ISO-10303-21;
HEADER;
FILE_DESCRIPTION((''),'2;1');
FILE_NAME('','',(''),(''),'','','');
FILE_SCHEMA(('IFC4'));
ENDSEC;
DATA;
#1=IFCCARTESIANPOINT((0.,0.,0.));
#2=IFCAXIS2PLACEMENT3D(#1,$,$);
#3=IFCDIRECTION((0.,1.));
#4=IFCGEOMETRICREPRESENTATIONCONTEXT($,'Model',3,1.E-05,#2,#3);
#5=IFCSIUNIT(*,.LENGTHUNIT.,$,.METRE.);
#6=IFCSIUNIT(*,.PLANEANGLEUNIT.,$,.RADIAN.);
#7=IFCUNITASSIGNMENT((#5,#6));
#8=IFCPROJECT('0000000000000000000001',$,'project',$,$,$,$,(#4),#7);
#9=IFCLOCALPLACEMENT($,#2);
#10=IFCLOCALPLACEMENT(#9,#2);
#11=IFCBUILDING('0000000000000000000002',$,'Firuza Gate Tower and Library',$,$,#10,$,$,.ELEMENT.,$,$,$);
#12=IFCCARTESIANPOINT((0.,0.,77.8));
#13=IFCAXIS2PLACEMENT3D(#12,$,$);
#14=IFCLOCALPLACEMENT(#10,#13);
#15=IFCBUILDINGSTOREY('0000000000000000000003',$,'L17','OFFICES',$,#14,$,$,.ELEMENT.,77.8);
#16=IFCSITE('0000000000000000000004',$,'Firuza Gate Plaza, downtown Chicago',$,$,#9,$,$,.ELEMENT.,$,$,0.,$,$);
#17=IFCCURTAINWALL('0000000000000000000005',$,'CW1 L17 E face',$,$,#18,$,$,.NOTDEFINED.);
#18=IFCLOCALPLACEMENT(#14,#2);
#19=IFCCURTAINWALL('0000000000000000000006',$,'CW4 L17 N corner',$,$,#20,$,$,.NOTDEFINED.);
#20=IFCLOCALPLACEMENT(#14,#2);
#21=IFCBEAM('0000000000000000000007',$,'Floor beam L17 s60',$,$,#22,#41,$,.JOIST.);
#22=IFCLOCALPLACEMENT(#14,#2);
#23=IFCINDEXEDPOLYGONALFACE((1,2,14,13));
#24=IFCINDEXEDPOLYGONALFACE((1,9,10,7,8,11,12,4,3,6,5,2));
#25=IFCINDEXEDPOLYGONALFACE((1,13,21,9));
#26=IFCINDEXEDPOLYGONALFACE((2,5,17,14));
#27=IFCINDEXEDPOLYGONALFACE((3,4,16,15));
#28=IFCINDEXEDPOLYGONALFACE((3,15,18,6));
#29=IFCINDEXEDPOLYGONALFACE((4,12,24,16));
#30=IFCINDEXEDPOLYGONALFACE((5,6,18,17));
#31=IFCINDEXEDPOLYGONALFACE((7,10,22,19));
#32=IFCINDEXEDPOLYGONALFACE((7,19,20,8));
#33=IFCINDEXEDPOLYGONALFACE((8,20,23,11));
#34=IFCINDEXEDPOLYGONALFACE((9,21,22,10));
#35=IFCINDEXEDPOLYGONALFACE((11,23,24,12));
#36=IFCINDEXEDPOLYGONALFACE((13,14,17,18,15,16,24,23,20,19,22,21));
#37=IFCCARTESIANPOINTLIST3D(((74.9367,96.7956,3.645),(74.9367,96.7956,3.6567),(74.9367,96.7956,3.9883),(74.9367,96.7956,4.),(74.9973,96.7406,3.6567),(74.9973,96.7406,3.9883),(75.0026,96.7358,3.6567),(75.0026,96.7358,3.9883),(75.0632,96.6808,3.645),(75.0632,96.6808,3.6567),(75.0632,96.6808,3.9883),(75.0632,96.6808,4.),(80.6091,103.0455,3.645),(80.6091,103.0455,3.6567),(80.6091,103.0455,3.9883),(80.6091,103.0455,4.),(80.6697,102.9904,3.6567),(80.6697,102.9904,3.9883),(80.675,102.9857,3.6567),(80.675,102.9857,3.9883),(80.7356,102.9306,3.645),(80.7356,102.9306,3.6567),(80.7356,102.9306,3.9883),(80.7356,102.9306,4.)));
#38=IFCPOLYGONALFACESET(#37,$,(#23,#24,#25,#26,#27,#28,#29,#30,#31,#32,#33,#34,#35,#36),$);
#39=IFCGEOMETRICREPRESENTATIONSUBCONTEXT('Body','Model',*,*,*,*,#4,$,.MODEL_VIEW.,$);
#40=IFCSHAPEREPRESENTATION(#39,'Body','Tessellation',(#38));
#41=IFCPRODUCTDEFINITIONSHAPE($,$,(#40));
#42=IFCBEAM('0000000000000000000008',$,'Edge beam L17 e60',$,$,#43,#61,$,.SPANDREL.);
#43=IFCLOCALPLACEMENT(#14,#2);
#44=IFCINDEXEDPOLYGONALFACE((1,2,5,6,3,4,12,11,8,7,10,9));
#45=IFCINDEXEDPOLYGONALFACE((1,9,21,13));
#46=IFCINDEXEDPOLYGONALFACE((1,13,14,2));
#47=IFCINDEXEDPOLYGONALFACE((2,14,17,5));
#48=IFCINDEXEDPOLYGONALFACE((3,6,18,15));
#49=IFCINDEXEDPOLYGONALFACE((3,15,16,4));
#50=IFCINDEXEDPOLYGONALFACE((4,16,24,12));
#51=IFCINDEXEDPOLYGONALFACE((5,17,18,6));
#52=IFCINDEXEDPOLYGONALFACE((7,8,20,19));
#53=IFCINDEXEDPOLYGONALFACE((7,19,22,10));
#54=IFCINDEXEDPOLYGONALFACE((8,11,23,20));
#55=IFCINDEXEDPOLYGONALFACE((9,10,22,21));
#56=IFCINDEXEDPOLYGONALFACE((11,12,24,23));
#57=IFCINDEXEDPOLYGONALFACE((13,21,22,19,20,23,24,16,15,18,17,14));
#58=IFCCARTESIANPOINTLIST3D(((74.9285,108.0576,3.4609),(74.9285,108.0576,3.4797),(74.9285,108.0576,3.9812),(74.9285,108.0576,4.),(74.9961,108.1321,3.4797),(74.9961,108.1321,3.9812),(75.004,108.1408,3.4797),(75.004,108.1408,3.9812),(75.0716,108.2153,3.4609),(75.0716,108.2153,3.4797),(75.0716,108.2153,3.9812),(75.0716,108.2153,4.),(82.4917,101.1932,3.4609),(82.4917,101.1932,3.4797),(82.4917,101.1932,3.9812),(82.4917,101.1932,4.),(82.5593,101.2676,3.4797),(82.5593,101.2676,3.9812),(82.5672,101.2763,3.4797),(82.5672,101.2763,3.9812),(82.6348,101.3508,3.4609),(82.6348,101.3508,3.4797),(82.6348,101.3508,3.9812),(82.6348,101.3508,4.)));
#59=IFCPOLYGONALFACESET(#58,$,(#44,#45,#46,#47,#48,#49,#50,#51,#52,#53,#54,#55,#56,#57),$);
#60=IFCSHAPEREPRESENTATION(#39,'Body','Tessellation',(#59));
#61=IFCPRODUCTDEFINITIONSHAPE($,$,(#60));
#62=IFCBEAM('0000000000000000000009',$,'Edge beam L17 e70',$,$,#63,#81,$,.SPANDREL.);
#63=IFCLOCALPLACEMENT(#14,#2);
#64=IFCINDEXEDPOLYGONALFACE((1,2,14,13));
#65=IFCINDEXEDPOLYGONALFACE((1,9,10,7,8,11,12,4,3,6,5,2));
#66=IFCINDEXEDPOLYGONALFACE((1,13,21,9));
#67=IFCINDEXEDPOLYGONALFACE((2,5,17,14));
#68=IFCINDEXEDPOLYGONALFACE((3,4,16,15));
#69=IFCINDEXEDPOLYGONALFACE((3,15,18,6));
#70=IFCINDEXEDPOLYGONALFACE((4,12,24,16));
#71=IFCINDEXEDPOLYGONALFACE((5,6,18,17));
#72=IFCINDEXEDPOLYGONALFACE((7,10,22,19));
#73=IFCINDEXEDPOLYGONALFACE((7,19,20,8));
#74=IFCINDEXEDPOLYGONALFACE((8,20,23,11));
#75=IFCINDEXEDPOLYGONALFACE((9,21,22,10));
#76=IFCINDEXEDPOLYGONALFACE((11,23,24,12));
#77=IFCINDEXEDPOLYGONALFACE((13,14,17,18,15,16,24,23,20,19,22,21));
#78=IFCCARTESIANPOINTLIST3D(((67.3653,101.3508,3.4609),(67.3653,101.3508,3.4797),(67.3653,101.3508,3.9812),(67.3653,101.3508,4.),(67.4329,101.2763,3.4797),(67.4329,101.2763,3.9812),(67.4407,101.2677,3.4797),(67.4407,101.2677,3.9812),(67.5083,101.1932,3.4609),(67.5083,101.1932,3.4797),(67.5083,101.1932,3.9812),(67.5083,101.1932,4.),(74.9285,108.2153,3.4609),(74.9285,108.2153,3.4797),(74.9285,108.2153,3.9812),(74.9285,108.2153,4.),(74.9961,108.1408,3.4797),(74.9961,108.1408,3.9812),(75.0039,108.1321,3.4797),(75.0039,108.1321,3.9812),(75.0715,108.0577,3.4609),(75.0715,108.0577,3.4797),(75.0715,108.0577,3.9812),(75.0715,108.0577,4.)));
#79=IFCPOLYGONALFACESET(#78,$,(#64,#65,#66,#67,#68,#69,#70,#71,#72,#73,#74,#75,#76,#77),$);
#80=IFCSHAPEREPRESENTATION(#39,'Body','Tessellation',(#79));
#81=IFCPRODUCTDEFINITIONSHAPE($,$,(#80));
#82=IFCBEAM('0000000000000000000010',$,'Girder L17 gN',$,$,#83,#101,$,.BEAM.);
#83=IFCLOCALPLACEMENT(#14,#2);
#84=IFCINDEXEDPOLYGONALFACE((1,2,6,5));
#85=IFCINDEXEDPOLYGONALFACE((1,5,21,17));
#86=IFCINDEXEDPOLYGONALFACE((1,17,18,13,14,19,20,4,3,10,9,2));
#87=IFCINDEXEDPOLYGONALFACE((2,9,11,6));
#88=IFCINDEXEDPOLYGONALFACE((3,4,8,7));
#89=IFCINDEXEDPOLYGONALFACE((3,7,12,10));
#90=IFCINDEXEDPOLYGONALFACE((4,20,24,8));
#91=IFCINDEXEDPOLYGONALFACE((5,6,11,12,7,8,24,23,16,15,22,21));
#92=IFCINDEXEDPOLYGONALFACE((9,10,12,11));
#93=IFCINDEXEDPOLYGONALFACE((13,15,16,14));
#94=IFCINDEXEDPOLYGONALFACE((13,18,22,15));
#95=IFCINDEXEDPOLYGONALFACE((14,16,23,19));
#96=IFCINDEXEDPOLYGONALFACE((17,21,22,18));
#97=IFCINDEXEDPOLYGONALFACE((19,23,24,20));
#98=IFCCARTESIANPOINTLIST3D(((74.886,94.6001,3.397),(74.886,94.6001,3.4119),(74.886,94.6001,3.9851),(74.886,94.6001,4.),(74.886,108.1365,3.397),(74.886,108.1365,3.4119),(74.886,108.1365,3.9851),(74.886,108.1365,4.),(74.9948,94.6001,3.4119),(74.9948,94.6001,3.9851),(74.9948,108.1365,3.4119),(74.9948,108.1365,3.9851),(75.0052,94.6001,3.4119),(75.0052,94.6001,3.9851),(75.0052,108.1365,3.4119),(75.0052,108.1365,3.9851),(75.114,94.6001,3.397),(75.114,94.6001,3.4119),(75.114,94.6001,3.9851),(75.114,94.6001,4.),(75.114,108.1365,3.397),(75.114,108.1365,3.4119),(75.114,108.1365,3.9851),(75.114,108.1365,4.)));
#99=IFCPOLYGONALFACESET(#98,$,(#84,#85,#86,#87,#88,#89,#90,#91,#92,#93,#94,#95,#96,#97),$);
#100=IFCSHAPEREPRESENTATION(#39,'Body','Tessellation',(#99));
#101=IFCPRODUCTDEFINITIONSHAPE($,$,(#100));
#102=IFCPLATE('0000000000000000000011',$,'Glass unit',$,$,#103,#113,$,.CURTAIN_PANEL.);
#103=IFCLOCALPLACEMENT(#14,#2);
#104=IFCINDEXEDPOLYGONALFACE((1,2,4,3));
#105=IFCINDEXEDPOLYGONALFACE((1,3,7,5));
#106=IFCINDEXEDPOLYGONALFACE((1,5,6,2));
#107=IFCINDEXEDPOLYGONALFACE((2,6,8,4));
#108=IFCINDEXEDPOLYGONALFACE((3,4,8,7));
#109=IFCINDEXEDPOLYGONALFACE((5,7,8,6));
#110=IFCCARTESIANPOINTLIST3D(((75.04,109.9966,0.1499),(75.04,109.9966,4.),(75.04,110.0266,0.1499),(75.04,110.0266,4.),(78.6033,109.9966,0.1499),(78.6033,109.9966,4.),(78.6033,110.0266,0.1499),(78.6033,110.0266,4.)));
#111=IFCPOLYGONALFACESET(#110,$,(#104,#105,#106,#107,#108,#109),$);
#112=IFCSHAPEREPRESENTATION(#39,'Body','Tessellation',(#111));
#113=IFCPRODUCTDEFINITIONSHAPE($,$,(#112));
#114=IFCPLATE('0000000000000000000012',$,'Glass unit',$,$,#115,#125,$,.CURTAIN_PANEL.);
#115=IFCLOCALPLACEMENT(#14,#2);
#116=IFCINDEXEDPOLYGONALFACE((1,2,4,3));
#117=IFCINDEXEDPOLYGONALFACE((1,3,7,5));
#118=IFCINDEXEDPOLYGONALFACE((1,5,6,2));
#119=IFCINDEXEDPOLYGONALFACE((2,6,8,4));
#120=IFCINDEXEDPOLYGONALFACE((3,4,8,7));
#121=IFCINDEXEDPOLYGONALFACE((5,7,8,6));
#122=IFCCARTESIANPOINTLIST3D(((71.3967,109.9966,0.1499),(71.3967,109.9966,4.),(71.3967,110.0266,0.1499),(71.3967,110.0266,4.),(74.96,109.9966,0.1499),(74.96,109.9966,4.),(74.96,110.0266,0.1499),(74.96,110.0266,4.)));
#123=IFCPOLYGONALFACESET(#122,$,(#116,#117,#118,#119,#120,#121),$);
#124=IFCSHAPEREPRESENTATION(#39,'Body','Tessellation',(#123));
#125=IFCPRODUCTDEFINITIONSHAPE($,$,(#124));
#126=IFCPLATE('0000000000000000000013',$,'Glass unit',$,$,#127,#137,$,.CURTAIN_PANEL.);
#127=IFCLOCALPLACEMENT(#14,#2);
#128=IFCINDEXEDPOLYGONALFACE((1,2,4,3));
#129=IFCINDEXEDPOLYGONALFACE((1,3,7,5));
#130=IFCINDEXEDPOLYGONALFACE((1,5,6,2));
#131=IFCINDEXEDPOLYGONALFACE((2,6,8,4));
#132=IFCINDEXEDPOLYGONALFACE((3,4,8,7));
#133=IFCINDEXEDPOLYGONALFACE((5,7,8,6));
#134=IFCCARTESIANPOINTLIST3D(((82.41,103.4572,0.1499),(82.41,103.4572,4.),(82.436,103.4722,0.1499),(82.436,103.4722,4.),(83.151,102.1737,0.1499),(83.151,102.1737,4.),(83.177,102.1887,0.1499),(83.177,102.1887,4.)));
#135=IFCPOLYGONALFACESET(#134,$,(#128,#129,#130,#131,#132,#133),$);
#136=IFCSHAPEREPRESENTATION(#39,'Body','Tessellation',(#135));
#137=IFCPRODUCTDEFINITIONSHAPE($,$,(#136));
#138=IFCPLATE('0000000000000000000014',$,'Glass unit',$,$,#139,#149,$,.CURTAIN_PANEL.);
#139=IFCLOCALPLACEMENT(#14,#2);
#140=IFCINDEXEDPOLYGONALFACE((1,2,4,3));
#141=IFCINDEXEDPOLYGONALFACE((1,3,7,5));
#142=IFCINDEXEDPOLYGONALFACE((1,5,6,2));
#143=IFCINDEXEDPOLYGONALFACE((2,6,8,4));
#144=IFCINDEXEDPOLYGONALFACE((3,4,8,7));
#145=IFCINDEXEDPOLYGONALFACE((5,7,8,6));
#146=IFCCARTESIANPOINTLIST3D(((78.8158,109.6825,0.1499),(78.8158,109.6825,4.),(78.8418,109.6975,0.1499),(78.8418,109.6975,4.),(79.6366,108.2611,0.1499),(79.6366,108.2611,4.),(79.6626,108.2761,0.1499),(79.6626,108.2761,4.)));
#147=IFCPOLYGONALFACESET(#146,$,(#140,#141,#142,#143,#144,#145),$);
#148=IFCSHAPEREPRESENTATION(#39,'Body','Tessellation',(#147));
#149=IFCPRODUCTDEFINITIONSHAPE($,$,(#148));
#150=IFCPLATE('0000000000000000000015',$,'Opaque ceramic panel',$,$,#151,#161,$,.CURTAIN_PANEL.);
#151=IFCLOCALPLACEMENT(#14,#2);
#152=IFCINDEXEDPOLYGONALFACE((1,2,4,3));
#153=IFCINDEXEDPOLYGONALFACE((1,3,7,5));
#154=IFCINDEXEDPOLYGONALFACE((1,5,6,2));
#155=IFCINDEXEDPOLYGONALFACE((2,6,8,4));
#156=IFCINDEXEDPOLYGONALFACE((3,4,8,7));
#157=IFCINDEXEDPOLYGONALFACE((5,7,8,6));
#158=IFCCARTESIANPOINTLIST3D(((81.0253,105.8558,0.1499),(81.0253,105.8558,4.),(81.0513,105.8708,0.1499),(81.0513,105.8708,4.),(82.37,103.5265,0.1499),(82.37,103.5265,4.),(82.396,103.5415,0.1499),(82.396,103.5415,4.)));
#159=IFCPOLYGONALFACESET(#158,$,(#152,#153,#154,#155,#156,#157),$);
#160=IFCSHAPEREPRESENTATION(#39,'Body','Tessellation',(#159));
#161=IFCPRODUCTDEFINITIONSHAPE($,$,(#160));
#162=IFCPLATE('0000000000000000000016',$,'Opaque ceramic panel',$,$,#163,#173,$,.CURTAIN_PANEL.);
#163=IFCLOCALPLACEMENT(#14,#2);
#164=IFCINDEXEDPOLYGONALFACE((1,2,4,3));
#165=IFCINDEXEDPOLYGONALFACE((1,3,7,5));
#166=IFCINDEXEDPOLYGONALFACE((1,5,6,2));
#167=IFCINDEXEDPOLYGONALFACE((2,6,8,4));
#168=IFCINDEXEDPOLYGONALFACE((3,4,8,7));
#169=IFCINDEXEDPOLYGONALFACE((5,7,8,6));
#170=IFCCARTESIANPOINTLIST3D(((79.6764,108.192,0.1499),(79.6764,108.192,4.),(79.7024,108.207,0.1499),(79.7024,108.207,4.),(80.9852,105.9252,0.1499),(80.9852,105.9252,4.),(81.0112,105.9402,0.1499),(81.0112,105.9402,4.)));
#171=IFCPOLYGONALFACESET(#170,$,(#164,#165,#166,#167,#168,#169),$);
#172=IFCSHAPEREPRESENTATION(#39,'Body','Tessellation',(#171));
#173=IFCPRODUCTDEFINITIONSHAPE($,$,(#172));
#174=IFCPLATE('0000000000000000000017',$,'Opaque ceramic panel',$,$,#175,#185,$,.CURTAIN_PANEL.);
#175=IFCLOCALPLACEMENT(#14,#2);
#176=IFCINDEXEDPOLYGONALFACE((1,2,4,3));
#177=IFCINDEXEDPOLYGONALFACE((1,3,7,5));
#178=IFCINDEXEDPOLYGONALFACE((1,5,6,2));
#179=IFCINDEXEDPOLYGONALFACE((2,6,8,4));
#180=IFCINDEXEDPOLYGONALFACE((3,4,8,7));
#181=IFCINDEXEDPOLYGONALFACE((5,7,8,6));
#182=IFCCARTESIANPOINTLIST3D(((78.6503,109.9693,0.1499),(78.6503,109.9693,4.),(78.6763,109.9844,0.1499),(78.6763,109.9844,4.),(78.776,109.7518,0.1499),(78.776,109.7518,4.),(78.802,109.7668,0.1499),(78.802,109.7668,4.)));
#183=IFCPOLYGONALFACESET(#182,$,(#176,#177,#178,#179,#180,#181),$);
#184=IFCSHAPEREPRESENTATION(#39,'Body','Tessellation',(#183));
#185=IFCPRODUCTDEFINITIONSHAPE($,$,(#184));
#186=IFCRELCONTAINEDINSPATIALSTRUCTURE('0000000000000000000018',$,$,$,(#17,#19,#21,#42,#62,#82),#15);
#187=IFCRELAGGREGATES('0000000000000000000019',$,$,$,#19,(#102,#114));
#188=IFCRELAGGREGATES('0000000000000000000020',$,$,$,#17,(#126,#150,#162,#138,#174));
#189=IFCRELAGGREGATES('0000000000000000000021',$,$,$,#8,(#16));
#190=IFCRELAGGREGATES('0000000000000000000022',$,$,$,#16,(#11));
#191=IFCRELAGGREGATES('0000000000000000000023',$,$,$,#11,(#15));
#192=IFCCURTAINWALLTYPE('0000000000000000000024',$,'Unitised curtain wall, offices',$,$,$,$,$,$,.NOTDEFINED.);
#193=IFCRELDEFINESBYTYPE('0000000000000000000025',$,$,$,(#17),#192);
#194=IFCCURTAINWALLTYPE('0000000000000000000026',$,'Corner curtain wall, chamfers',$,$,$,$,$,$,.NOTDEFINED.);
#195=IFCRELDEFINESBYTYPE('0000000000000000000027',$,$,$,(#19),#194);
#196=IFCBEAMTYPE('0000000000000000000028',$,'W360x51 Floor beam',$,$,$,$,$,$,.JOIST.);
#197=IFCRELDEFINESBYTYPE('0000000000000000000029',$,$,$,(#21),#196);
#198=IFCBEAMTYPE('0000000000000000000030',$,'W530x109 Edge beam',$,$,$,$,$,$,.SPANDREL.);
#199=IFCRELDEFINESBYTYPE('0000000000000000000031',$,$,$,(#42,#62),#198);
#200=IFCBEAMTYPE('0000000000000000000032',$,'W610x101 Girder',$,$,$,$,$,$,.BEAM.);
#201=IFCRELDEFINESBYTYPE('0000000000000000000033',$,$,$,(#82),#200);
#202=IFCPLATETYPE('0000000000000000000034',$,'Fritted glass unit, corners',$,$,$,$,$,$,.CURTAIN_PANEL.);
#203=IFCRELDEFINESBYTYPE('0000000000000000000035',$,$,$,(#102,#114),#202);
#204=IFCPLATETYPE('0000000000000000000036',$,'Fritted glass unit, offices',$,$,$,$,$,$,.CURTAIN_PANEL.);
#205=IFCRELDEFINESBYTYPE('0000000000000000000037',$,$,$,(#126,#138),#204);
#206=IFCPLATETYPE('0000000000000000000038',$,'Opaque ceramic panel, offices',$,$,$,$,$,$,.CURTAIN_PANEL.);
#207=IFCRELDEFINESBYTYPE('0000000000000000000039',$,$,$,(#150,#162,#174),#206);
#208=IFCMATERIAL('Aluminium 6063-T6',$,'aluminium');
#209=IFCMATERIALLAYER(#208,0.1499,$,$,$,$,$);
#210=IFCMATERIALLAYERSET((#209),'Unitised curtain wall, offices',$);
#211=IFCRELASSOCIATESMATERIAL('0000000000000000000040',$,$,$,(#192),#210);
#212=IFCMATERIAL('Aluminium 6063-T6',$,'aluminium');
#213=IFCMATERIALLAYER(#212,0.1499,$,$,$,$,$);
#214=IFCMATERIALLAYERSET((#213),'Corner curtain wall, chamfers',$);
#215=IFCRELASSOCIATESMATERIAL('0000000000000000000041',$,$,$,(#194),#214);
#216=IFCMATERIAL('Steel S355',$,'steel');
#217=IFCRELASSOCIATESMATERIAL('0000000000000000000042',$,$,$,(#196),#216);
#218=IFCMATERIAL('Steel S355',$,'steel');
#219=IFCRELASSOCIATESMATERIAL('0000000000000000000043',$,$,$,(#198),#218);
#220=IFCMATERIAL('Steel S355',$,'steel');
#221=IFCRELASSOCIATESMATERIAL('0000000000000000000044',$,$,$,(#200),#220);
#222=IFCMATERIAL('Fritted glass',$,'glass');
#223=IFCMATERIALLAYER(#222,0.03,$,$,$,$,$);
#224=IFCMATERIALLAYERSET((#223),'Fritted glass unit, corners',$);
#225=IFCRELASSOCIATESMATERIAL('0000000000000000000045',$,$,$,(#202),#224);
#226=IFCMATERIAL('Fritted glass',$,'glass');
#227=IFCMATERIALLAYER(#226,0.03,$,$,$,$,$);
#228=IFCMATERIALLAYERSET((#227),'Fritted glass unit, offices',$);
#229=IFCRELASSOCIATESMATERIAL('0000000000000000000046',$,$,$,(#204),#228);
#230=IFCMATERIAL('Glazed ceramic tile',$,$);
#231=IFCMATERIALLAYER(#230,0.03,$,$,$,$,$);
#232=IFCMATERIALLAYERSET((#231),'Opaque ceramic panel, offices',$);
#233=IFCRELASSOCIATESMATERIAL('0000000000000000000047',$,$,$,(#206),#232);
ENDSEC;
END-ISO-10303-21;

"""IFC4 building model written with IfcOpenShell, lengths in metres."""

from ifc_helpers import new_model, si_unit, direction, frame, origin, origin_2d, place, context, subcontext, project, spatial, polyline, i_section, outline, extrude, material, layer, layer_set, material_profile, profile_set, type_object, element, aggregate, save


model = new_model("IFC4")

# Units and contexts
model_context = context("Model", 3, precision=1e-05, world=origin(), true_north=direction((0.0, 1.0)))
body_context = subcontext(model_context, "Body", "Model", "MODEL_VIEW")
ifc_project = project(units=[si_unit("LENGTHUNIT", "METRE"), si_unit("PLANEANGLEUNIT", "RADIAN")], contexts=[model_context])

# Site, building, storey
site_placement = place(None, origin())
site = spatial("IfcSite", under=ifc_project, at=site_placement, Name="Firuza Gate Plaza, downtown Chicago", CompositionType="ELEMENT", RefElevation=0.0)
building_placement = place(site_placement, origin())
building = spatial("IfcBuilding", under=site, at=building_placement, Name="Firuza Gate Tower and Library", CompositionType="ELEMENT")
storey_placement = place(building_placement, frame((0.0, 0.0, 77.8)))
storey = spatial("IfcBuildingStorey", under=building, at=storey_placement, Name="L17", Description="OFFICES", CompositionType="ELEMENT", Elevation=77.8)

# Curtain walls
ifc_material_1 = material(Name="Aluminium 6063-T6", Category="aluminium")
ifc_layer_1 = layer(ifc_material_1, 0.1499)
ifc_layer_set_1 = layer_set([ifc_layer_1], Name="Unitised curtain wall, offices")
curtain_wall_type_1 = type_object("IfcCurtainWallType", Name="Unitised curtain wall, offices", PredefinedType="NOTDEFINED", material=ifc_layer_set_1)
placement = place(storey_placement, origin())
curtain_wall_1 = element("IfcCurtainWall", 1, at=placement, inside=storey, type_object=curtain_wall_type_1, Name="CW1 L17 E face", PredefinedType="NOTDEFINED")
ifc_material_2 = material(Name="Aluminium 6063-T6", Category="aluminium")
ifc_layer_2 = layer(ifc_material_2, 0.1499)
ifc_layer_set_2 = layer_set([ifc_layer_2], Name="Corner curtain wall, chamfers")
curtain_wall_type_2 = type_object("IfcCurtainWallType", Name="Corner curtain wall, chamfers", PredefinedType="NOTDEFINED", material=ifc_layer_set_2)
curtain_wall_2 = element("IfcCurtainWall", 2, at=placement, inside=storey, type_object=curtain_wall_type_2, Name="CW4 L17 N corner", PredefinedType="NOTDEFINED")

# Beams
ifc_material_3 = material(Name="Steel S355", Category="steel")
ifc_material_profile_1 = material_profile(ifc_material_3, i_section(OverallWidth=0.1709, OverallDepth=0.355, WebThickness=0.0071, FlangeThickness=0.0117, at=origin_2d()))
ifc_profile_set_1 = profile_set([ifc_material_profile_1], Name="Steel S355")
beam_type_1 = type_object("IfcBeamType", Name="W360x51 Floor beam", PredefinedType="JOIST", material=ifc_profile_set_1)
beam_1_placement = place(storey_placement, frame((80.6724, 102.988, 3.8225), z_axis=(-0.672074, -0.740484, 0.0), x_axis=(0.740484, -0.672074, 0.0)))
element("IfcBeam", 3, at=beam_1_placement, inside=storey, type_object=beam_type_1, Name="Floor beam L17 s60", PredefinedType="JOIST", context=body_context, shape_type="SweptSolid", body=[
    extrude(i_section(OverallWidth=0.1709, OverallDepth=0.355, WebThickness=0.0071, FlangeThickness=0.0117, at=origin_2d()), origin(), (0.0, 0.0, 1.0), 8.4402),
])
ifc_material_4 = material(Name="Steel S355", Category="steel")
ifc_material_profile_2 = material_profile(ifc_material_4, i_section(OverallWidth=0.2129, OverallDepth=0.5391, WebThickness=0.0117, FlangeThickness=0.0188, at=origin_2d()))
ifc_profile_set_2 = profile_set([ifc_material_profile_2], Name="Steel S355")
beam_type_2 = type_object("IfcBeamType", Name="W530x109 Edge beam", PredefinedType="SPANDREL", material=ifc_profile_set_2)
for number, where, z_axis, x_axis, name in (
    (4, (82.5632, 101.272, 3.7305), (-0.740484, 0.672074, 0.0), (-0.672074, -0.740484, 0.0), "Edge beam L17 e60"),
    (5, (75.0, 108.1365, 3.7305), (-0.740484, -0.672074, 0.0), (0.672074, -0.740484, 0.0), "Edge beam L17 e70"),
):
    element("IfcBeam", number, at=place(storey_placement, frame(where, z_axis=z_axis, x_axis=x_axis)), inside=storey, type_object=beam_type_2, Name=name, PredefinedType="SPANDREL", context=body_context, shape_type="SweptSolid", body=[
        extrude(i_section(OverallWidth=0.2129, OverallDepth=0.5391, WebThickness=0.0117, FlangeThickness=0.0188, at=origin_2d()), origin(), (0.0, 0.0, 1.0), 10.2139),
    ])
ifc_material_5 = material(Name="Steel S355", Category="steel")
ifc_material_profile_3 = material_profile(ifc_material_5, i_section(OverallWidth=0.228, OverallDepth=0.603, WebThickness=0.0105, FlangeThickness=0.0149, at=origin_2d()))
ifc_profile_set_3 = profile_set([ifc_material_profile_3], Name="Steel S355")
beam_type_3 = type_object("IfcBeamType", Name="W610x101 Girder", PredefinedType="BEAM", material=ifc_profile_set_3)
beam_2_placement = place(storey_placement, frame((75.0, 108.1365, 3.6985), z_axis=(0.0, -1.0, 0.0), x_axis=(1.0, 0.0, 0.0)))
element("IfcBeam", 6, at=beam_2_placement, inside=storey, type_object=beam_type_3, Name="Girder L17 gN", PredefinedType="BEAM", context=body_context, shape_type="SweptSolid", body=[
    extrude(i_section(OverallWidth=0.228, OverallDepth=0.603, WebThickness=0.0105, FlangeThickness=0.0149, at=origin_2d()), origin(), (0.0, 0.0, 1.0), 13.5364),
])

# Plates
ifc_material_6 = material(Name="Fritted glass", Category="glass")
ifc_layer_3 = layer(ifc_material_6, 0.03)
ifc_layer_set_3 = layer_set([ifc_layer_3], Name="Fritted glass unit, corners")
plate_type_1 = type_object("IfcPlateType", Name="Fritted glass unit, corners", PredefinedType="CURTAIN_PANEL", material=ifc_layer_set_3)
plate_1_placement = place(storey_placement, frame((78.6033, 110.0266, 0.1499), z_axis=(0.0, 1.0, 0.0), x_axis=(-1.0, 0.0, 0.0)))
plate_1 = element("IfcPlate", 7, at=plate_1_placement, type_object=plate_type_1, Name="Glass unit", PredefinedType="CURTAIN_PANEL", context=body_context, shape_type="SweptSolid", body=[
    extrude(outline(polyline([(0.0, 0.0), (3.5632, 0.0), (3.5632, 3.8501), (0.0, 3.8501), (0.0, 0.0)])), origin(), (0.0, 0.0, -1.0), 0.03),
])
plate_2_placement = place(storey_placement, frame((74.96, 110.0266, 0.1499), z_axis=(0.0, 1.0, 0.0), x_axis=(-1.0, 0.0, 0.0)))
plate_2 = element("IfcPlate", 8, at=plate_2_placement, type_object=plate_type_1, Name="Glass unit", PredefinedType="CURTAIN_PANEL", context=body_context, shape_type="SweptSolid", body=[
    extrude(outline(polyline([(0.0, 0.0), (3.5632, 0.0), (3.5632, 3.8501), (0.0, 3.8501), (0.0, 0.0)])), origin(), (0.0, 0.0, -1.0), 0.03),
])
aggregate(curtain_wall_2, [plate_1, plate_2])
ifc_material_7 = material(Name="Fritted glass", Category="glass")
ifc_layer_4 = layer(ifc_material_7, 0.03)
ifc_layer_set_4 = layer_set([ifc_layer_4], Name="Fritted glass unit, offices")
plate_type_2 = type_object("IfcPlateType", Name="Fritted glass unit, offices", PredefinedType="CURTAIN_PANEL", material=ifc_layer_set_4)
plate_3_placement = place(storey_placement, frame((83.177, 102.1887, 0.1499), z_axis=(0.866035, 0.499984, 0.0), x_axis=(-0.499984, 0.866035, 0.0)))
plate_3 = element("IfcPlate", 9, at=plate_3_placement, type_object=plate_type_2, Name="Glass unit", PredefinedType="CURTAIN_PANEL", context=body_context, shape_type="SweptSolid", body=[
    extrude(outline(polyline([(0.0, 0.0), (1.482, 0.0), (1.482, 3.8501), (0.0, 3.8501), (0.0, 0.0)])), origin(), (0.0, 0.0, -1.0), 0.03),
])
plate_4_placement = place(storey_placement, frame((79.6626, 108.2761, 0.1499), z_axis=(0.865982, 0.500074, 0.0), x_axis=(-0.500074, 0.865982, 0.0)))
plate_4 = element("IfcPlate", 10, at=plate_4_placement, type_object=plate_type_2, Name="Glass unit", PredefinedType="CURTAIN_PANEL", context=body_context, shape_type="SweptSolid", body=[
    extrude(outline(polyline([(0.0, 0.0), (1.6414, 0.0), (1.6414, 3.8501), (0.0, 3.8501), (0.0, 0.0)])), origin(), (0.0, 0.0, -1.0), 0.03),
])
ifc_material_8 = material(Name="Glazed ceramic tile")
ifc_layer_5 = layer(ifc_material_8, 0.03)
ifc_layer_set_5 = layer_set([ifc_layer_5], Name="Opaque ceramic panel, offices")
plate_type_3 = type_object("IfcPlateType", Name="Opaque ceramic panel, offices", PredefinedType="CURTAIN_PANEL", material=ifc_layer_set_5)
plate_5_placement = place(storey_placement, frame((82.396, 103.5415, 0.1499), z_axis=(0.866045, 0.499966, 0.0), x_axis=(-0.499966, 0.866045, 0.0)))
plate_5 = element("IfcPlate", 11, at=plate_5_placement, type_object=plate_type_3, Name="Opaque ceramic panel", PredefinedType="CURTAIN_PANEL", context=body_context, shape_type="SweptSolid", body=[
    extrude(outline(polyline([(0.0, 0.0), (2.6896, 0.0), (2.6896, 3.8501), (0.0, 3.8501), (0.0, 0.0)])), origin(), (0.0, 0.0, -1.0), 0.03),
])
plate_6_placement = place(storey_placement, frame((81.0112, 105.9402, 0.1499), z_axis=(0.866013, 0.500021, 0.0), x_axis=(-0.500021, 0.866013, 0.0)))
plate_6 = element("IfcPlate", 12, at=plate_6_placement, type_object=plate_type_3, Name="Opaque ceramic panel", PredefinedType="CURTAIN_PANEL", context=body_context, shape_type="SweptSolid", body=[
    extrude(outline(polyline([(0.0, 0.0), (2.6176, 0.0), (2.6176, 3.8501), (0.0, 3.8501), (0.0, 0.0)])), origin(), (0.0, 0.0, -1.0), 0.03),
])
plate_7_placement = place(storey_placement, frame((78.802, 109.7668, 0.1499), z_axis=(0.865781, 0.500423, 0.0), x_axis=(-0.500423, 0.865781, 0.0)))
plate_7 = element("IfcPlate", 13, at=plate_7_placement, type_object=plate_type_3, Name="Opaque ceramic panel", PredefinedType="CURTAIN_PANEL", context=body_context, shape_type="SweptSolid", body=[
    extrude(outline(polyline([(0.0, 0.0), (0.2513, 0.0), (0.2513, 3.8501), (0.0, 3.8501), (0.0, 0.0)])), origin(), (0.0, 0.0, -1.0), 0.03),
])
aggregate(curtain_wall_1, [plate_3, plate_5, plate_6, plate_4, plate_7])

save(model, "model.ifc")
